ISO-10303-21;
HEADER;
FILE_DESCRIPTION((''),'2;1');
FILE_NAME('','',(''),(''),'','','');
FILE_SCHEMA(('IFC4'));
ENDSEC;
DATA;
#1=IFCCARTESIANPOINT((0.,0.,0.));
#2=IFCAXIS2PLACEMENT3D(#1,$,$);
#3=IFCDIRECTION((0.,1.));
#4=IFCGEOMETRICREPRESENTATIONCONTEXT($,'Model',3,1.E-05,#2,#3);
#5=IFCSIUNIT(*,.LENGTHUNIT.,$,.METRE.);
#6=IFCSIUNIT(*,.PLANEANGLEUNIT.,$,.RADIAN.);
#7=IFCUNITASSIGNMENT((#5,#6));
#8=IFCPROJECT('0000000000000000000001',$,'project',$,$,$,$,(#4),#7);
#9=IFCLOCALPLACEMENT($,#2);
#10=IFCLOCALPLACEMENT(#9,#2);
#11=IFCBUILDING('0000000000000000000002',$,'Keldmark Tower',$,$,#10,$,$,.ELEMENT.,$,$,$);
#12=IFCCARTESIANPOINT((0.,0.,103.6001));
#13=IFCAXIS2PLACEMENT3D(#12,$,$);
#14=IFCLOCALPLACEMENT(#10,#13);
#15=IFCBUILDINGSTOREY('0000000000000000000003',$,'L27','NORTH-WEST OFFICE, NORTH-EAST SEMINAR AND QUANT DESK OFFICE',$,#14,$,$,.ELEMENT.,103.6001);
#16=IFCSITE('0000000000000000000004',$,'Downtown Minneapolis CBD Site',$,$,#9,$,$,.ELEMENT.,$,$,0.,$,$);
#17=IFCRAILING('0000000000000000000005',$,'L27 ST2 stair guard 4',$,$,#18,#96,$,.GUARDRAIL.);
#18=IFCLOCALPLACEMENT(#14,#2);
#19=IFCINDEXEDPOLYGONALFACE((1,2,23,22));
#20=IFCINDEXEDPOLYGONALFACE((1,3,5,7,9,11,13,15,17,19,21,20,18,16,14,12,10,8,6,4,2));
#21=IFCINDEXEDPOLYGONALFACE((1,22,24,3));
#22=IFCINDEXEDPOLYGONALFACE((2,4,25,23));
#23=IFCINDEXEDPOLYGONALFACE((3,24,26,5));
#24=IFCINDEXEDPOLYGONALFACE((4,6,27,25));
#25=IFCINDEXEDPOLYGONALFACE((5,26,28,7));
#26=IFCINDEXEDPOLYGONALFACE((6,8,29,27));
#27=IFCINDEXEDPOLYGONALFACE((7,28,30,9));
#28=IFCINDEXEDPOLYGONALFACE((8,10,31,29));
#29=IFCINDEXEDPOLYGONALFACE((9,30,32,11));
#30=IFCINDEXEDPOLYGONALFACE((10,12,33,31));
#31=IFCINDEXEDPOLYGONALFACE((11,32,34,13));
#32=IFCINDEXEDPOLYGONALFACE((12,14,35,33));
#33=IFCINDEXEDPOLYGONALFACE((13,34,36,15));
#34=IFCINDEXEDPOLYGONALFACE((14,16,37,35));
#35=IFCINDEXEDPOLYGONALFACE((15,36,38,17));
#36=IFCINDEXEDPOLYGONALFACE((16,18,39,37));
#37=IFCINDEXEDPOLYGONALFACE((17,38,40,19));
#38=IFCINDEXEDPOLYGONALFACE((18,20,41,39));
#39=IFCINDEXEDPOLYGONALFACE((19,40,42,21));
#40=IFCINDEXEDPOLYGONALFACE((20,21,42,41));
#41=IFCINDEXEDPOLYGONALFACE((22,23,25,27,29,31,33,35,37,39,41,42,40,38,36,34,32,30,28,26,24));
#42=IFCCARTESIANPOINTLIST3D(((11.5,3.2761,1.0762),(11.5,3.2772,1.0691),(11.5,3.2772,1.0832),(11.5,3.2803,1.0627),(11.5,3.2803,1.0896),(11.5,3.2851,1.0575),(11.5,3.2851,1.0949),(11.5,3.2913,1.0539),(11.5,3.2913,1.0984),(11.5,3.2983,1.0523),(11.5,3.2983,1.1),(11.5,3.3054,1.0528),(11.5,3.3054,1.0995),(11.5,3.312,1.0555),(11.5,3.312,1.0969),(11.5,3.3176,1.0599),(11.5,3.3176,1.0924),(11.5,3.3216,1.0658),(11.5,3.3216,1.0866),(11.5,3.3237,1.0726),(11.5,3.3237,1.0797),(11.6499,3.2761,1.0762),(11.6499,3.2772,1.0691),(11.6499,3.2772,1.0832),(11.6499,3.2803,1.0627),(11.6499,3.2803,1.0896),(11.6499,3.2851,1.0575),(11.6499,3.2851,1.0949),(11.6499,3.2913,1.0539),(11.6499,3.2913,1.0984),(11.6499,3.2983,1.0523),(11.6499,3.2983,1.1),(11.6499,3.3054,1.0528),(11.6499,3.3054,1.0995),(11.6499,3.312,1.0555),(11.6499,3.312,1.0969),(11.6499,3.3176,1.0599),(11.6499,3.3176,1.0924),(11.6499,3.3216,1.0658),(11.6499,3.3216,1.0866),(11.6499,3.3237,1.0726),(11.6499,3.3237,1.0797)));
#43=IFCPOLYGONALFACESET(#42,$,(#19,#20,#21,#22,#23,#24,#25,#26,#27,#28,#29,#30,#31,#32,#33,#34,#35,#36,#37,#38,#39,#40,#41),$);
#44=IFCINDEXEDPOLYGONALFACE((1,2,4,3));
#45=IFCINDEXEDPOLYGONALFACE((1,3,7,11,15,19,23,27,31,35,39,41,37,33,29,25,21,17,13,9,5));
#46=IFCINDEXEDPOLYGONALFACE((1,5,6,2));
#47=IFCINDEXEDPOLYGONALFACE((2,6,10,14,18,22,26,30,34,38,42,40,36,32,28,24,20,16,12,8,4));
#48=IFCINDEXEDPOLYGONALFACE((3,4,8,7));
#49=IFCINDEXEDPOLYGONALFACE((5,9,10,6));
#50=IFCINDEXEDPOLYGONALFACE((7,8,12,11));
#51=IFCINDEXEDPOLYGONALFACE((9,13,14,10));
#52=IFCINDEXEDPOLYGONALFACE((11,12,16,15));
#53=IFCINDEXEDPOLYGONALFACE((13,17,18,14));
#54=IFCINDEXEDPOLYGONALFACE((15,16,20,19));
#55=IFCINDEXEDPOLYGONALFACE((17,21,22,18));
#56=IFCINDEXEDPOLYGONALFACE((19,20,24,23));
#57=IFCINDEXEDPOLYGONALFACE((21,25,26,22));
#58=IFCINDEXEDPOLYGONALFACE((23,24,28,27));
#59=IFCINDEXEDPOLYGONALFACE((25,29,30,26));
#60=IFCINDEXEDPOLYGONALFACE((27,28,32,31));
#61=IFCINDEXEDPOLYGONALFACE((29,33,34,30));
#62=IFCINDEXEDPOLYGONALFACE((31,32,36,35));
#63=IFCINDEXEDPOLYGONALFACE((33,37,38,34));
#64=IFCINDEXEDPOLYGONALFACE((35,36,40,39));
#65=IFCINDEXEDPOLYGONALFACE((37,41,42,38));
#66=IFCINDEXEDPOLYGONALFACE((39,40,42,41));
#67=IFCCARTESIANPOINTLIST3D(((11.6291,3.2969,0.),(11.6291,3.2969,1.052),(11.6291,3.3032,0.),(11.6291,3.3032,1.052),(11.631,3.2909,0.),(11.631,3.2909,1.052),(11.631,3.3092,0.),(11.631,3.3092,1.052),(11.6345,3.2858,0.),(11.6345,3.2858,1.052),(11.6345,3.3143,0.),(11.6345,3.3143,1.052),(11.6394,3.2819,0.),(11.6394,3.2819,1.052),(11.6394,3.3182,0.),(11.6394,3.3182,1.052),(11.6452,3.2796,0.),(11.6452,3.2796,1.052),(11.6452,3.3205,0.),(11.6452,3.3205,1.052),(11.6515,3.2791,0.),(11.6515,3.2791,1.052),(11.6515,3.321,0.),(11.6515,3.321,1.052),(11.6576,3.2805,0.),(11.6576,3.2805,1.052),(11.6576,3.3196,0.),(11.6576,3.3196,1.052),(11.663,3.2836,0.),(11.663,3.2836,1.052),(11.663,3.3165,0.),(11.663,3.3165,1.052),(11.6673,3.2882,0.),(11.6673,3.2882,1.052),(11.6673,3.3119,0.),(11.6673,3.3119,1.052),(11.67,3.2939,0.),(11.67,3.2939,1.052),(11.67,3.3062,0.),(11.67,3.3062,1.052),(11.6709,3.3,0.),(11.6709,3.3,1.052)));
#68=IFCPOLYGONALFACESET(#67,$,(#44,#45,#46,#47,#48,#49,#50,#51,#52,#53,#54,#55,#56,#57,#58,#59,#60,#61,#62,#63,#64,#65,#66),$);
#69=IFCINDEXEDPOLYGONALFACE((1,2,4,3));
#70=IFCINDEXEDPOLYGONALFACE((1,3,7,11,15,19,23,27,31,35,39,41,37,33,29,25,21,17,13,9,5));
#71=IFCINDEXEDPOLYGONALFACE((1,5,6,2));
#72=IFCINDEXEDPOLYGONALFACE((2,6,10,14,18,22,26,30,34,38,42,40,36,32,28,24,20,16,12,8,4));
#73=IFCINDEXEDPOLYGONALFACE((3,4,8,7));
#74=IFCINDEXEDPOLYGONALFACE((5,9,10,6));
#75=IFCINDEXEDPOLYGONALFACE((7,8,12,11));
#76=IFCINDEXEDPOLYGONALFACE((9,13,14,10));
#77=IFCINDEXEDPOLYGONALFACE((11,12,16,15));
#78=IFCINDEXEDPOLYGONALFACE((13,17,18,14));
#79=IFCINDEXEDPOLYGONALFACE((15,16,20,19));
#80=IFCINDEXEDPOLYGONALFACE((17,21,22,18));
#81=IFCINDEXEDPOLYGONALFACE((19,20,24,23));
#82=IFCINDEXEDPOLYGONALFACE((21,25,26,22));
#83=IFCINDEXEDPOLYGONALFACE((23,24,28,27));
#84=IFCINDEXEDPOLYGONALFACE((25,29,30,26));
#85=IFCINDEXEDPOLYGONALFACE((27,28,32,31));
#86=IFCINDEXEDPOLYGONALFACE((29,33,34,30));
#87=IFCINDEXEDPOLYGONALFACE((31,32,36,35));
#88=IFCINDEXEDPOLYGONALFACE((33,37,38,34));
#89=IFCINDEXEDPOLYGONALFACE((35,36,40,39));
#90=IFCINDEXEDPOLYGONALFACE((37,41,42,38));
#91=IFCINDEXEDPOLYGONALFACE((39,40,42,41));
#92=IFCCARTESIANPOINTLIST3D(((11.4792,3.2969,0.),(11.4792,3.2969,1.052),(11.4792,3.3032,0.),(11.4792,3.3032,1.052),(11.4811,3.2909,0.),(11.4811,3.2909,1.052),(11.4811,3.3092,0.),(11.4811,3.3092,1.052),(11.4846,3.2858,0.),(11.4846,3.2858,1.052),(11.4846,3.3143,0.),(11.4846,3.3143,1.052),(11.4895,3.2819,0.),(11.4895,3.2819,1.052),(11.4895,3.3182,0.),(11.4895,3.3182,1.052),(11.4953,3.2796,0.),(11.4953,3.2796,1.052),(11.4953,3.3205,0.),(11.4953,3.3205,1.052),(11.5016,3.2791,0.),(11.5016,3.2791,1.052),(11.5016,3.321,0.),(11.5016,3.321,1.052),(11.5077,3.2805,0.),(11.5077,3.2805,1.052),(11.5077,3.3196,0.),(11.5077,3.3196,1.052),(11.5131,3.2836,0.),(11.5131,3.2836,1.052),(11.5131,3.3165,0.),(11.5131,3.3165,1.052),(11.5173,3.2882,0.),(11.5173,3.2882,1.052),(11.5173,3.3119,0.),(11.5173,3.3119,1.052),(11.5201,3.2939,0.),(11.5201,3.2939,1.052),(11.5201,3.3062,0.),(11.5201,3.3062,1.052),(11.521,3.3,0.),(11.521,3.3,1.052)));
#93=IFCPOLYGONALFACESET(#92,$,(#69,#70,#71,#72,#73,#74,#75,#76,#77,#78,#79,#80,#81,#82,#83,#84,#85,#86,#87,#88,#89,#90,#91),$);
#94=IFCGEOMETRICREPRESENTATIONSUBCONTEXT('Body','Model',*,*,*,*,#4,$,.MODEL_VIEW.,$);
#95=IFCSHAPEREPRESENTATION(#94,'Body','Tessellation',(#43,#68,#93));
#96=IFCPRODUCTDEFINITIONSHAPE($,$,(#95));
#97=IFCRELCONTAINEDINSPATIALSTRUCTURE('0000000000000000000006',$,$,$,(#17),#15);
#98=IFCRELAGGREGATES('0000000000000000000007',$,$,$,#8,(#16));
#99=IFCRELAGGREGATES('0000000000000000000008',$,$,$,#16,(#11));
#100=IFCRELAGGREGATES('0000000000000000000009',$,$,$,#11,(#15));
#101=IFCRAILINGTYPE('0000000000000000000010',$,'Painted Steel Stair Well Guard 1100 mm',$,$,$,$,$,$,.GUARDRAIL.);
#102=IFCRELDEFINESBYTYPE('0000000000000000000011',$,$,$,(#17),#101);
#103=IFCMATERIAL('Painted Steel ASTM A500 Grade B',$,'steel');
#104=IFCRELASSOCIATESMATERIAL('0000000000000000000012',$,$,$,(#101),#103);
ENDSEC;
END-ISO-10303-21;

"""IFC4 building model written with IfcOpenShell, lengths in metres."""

from ifc_helpers import new_model, si_unit, direction, frame, origin, origin_2d, place, context, subcontext, project, spatial, circle, extrude, material, type_object, element, save


model = new_model("IFC4")

# Units and contexts
model_context = context("Model", 3, precision=1e-05, world=origin(), true_north=direction((0.0, 1.0)))
body_context = subcontext(model_context, "Body", "Model", "MODEL_VIEW")
ifc_project = project(units=[si_unit("LENGTHUNIT", "METRE"), si_unit("PLANEANGLEUNIT", "RADIAN")], contexts=[model_context])

# Site, building, storey
site_placement = place(None, origin())
site = spatial("IfcSite", under=ifc_project, at=site_placement, Name="Downtown Minneapolis CBD Site", CompositionType="ELEMENT", RefElevation=0.0)
building_placement = place(site_placement, origin())
building = spatial("IfcBuilding", under=site, at=building_placement, Name="Keldmark Tower", CompositionType="ELEMENT")
storey_placement = place(building_placement, frame((0.0, 0.0, 103.6001)))
storey = spatial("IfcBuildingStorey", under=building, at=storey_placement, Name="L27", Description="NORTH-WEST OFFICE, NORTH-EAST SEMINAR AND QUANT DESK OFFICE", CompositionType="ELEMENT", Elevation=103.6001)

# Railing
ifc_material_1 = material(Name="Painted Steel ASTM A500 Grade B", Category="steel")
railing_type_1 = type_object("IfcRailingType", Name="Painted Steel Stair Well Guard 1100 mm", PredefinedType="GUARDRAIL", material=ifc_material_1)
railing_1_placement = place(storey_placement, frame((11.6499, 3.3, 0.0)))
element("IfcRailing", 1, at=railing_1_placement, inside=storey, type_object=railing_type_1, Name="L27 ST2 stair guard 4", PredefinedType="GUARDRAIL", context=body_context, shape_type="SweptSolid", body=[
    extrude(circle(Radius=0.0239, at=origin_2d()), frame((0.0, 0.0, 1.0762), z_axis=(-1.0, 0.0, 0.0), x_axis=(0.0, -1.0, 0.0)), (0.0, 0.0, 1.0), 0.1499),
    extrude(circle(Radius=0.021, at=origin_2d()), origin(), (0.0, 0.0, 1.0), 1.052),
    extrude(circle(Radius=0.021, at=origin_2d()), frame((-0.1499, 0.0, 0.0)), (0.0, 0.0, 1.0), 1.052),
])

save(model, "model.ifc")
